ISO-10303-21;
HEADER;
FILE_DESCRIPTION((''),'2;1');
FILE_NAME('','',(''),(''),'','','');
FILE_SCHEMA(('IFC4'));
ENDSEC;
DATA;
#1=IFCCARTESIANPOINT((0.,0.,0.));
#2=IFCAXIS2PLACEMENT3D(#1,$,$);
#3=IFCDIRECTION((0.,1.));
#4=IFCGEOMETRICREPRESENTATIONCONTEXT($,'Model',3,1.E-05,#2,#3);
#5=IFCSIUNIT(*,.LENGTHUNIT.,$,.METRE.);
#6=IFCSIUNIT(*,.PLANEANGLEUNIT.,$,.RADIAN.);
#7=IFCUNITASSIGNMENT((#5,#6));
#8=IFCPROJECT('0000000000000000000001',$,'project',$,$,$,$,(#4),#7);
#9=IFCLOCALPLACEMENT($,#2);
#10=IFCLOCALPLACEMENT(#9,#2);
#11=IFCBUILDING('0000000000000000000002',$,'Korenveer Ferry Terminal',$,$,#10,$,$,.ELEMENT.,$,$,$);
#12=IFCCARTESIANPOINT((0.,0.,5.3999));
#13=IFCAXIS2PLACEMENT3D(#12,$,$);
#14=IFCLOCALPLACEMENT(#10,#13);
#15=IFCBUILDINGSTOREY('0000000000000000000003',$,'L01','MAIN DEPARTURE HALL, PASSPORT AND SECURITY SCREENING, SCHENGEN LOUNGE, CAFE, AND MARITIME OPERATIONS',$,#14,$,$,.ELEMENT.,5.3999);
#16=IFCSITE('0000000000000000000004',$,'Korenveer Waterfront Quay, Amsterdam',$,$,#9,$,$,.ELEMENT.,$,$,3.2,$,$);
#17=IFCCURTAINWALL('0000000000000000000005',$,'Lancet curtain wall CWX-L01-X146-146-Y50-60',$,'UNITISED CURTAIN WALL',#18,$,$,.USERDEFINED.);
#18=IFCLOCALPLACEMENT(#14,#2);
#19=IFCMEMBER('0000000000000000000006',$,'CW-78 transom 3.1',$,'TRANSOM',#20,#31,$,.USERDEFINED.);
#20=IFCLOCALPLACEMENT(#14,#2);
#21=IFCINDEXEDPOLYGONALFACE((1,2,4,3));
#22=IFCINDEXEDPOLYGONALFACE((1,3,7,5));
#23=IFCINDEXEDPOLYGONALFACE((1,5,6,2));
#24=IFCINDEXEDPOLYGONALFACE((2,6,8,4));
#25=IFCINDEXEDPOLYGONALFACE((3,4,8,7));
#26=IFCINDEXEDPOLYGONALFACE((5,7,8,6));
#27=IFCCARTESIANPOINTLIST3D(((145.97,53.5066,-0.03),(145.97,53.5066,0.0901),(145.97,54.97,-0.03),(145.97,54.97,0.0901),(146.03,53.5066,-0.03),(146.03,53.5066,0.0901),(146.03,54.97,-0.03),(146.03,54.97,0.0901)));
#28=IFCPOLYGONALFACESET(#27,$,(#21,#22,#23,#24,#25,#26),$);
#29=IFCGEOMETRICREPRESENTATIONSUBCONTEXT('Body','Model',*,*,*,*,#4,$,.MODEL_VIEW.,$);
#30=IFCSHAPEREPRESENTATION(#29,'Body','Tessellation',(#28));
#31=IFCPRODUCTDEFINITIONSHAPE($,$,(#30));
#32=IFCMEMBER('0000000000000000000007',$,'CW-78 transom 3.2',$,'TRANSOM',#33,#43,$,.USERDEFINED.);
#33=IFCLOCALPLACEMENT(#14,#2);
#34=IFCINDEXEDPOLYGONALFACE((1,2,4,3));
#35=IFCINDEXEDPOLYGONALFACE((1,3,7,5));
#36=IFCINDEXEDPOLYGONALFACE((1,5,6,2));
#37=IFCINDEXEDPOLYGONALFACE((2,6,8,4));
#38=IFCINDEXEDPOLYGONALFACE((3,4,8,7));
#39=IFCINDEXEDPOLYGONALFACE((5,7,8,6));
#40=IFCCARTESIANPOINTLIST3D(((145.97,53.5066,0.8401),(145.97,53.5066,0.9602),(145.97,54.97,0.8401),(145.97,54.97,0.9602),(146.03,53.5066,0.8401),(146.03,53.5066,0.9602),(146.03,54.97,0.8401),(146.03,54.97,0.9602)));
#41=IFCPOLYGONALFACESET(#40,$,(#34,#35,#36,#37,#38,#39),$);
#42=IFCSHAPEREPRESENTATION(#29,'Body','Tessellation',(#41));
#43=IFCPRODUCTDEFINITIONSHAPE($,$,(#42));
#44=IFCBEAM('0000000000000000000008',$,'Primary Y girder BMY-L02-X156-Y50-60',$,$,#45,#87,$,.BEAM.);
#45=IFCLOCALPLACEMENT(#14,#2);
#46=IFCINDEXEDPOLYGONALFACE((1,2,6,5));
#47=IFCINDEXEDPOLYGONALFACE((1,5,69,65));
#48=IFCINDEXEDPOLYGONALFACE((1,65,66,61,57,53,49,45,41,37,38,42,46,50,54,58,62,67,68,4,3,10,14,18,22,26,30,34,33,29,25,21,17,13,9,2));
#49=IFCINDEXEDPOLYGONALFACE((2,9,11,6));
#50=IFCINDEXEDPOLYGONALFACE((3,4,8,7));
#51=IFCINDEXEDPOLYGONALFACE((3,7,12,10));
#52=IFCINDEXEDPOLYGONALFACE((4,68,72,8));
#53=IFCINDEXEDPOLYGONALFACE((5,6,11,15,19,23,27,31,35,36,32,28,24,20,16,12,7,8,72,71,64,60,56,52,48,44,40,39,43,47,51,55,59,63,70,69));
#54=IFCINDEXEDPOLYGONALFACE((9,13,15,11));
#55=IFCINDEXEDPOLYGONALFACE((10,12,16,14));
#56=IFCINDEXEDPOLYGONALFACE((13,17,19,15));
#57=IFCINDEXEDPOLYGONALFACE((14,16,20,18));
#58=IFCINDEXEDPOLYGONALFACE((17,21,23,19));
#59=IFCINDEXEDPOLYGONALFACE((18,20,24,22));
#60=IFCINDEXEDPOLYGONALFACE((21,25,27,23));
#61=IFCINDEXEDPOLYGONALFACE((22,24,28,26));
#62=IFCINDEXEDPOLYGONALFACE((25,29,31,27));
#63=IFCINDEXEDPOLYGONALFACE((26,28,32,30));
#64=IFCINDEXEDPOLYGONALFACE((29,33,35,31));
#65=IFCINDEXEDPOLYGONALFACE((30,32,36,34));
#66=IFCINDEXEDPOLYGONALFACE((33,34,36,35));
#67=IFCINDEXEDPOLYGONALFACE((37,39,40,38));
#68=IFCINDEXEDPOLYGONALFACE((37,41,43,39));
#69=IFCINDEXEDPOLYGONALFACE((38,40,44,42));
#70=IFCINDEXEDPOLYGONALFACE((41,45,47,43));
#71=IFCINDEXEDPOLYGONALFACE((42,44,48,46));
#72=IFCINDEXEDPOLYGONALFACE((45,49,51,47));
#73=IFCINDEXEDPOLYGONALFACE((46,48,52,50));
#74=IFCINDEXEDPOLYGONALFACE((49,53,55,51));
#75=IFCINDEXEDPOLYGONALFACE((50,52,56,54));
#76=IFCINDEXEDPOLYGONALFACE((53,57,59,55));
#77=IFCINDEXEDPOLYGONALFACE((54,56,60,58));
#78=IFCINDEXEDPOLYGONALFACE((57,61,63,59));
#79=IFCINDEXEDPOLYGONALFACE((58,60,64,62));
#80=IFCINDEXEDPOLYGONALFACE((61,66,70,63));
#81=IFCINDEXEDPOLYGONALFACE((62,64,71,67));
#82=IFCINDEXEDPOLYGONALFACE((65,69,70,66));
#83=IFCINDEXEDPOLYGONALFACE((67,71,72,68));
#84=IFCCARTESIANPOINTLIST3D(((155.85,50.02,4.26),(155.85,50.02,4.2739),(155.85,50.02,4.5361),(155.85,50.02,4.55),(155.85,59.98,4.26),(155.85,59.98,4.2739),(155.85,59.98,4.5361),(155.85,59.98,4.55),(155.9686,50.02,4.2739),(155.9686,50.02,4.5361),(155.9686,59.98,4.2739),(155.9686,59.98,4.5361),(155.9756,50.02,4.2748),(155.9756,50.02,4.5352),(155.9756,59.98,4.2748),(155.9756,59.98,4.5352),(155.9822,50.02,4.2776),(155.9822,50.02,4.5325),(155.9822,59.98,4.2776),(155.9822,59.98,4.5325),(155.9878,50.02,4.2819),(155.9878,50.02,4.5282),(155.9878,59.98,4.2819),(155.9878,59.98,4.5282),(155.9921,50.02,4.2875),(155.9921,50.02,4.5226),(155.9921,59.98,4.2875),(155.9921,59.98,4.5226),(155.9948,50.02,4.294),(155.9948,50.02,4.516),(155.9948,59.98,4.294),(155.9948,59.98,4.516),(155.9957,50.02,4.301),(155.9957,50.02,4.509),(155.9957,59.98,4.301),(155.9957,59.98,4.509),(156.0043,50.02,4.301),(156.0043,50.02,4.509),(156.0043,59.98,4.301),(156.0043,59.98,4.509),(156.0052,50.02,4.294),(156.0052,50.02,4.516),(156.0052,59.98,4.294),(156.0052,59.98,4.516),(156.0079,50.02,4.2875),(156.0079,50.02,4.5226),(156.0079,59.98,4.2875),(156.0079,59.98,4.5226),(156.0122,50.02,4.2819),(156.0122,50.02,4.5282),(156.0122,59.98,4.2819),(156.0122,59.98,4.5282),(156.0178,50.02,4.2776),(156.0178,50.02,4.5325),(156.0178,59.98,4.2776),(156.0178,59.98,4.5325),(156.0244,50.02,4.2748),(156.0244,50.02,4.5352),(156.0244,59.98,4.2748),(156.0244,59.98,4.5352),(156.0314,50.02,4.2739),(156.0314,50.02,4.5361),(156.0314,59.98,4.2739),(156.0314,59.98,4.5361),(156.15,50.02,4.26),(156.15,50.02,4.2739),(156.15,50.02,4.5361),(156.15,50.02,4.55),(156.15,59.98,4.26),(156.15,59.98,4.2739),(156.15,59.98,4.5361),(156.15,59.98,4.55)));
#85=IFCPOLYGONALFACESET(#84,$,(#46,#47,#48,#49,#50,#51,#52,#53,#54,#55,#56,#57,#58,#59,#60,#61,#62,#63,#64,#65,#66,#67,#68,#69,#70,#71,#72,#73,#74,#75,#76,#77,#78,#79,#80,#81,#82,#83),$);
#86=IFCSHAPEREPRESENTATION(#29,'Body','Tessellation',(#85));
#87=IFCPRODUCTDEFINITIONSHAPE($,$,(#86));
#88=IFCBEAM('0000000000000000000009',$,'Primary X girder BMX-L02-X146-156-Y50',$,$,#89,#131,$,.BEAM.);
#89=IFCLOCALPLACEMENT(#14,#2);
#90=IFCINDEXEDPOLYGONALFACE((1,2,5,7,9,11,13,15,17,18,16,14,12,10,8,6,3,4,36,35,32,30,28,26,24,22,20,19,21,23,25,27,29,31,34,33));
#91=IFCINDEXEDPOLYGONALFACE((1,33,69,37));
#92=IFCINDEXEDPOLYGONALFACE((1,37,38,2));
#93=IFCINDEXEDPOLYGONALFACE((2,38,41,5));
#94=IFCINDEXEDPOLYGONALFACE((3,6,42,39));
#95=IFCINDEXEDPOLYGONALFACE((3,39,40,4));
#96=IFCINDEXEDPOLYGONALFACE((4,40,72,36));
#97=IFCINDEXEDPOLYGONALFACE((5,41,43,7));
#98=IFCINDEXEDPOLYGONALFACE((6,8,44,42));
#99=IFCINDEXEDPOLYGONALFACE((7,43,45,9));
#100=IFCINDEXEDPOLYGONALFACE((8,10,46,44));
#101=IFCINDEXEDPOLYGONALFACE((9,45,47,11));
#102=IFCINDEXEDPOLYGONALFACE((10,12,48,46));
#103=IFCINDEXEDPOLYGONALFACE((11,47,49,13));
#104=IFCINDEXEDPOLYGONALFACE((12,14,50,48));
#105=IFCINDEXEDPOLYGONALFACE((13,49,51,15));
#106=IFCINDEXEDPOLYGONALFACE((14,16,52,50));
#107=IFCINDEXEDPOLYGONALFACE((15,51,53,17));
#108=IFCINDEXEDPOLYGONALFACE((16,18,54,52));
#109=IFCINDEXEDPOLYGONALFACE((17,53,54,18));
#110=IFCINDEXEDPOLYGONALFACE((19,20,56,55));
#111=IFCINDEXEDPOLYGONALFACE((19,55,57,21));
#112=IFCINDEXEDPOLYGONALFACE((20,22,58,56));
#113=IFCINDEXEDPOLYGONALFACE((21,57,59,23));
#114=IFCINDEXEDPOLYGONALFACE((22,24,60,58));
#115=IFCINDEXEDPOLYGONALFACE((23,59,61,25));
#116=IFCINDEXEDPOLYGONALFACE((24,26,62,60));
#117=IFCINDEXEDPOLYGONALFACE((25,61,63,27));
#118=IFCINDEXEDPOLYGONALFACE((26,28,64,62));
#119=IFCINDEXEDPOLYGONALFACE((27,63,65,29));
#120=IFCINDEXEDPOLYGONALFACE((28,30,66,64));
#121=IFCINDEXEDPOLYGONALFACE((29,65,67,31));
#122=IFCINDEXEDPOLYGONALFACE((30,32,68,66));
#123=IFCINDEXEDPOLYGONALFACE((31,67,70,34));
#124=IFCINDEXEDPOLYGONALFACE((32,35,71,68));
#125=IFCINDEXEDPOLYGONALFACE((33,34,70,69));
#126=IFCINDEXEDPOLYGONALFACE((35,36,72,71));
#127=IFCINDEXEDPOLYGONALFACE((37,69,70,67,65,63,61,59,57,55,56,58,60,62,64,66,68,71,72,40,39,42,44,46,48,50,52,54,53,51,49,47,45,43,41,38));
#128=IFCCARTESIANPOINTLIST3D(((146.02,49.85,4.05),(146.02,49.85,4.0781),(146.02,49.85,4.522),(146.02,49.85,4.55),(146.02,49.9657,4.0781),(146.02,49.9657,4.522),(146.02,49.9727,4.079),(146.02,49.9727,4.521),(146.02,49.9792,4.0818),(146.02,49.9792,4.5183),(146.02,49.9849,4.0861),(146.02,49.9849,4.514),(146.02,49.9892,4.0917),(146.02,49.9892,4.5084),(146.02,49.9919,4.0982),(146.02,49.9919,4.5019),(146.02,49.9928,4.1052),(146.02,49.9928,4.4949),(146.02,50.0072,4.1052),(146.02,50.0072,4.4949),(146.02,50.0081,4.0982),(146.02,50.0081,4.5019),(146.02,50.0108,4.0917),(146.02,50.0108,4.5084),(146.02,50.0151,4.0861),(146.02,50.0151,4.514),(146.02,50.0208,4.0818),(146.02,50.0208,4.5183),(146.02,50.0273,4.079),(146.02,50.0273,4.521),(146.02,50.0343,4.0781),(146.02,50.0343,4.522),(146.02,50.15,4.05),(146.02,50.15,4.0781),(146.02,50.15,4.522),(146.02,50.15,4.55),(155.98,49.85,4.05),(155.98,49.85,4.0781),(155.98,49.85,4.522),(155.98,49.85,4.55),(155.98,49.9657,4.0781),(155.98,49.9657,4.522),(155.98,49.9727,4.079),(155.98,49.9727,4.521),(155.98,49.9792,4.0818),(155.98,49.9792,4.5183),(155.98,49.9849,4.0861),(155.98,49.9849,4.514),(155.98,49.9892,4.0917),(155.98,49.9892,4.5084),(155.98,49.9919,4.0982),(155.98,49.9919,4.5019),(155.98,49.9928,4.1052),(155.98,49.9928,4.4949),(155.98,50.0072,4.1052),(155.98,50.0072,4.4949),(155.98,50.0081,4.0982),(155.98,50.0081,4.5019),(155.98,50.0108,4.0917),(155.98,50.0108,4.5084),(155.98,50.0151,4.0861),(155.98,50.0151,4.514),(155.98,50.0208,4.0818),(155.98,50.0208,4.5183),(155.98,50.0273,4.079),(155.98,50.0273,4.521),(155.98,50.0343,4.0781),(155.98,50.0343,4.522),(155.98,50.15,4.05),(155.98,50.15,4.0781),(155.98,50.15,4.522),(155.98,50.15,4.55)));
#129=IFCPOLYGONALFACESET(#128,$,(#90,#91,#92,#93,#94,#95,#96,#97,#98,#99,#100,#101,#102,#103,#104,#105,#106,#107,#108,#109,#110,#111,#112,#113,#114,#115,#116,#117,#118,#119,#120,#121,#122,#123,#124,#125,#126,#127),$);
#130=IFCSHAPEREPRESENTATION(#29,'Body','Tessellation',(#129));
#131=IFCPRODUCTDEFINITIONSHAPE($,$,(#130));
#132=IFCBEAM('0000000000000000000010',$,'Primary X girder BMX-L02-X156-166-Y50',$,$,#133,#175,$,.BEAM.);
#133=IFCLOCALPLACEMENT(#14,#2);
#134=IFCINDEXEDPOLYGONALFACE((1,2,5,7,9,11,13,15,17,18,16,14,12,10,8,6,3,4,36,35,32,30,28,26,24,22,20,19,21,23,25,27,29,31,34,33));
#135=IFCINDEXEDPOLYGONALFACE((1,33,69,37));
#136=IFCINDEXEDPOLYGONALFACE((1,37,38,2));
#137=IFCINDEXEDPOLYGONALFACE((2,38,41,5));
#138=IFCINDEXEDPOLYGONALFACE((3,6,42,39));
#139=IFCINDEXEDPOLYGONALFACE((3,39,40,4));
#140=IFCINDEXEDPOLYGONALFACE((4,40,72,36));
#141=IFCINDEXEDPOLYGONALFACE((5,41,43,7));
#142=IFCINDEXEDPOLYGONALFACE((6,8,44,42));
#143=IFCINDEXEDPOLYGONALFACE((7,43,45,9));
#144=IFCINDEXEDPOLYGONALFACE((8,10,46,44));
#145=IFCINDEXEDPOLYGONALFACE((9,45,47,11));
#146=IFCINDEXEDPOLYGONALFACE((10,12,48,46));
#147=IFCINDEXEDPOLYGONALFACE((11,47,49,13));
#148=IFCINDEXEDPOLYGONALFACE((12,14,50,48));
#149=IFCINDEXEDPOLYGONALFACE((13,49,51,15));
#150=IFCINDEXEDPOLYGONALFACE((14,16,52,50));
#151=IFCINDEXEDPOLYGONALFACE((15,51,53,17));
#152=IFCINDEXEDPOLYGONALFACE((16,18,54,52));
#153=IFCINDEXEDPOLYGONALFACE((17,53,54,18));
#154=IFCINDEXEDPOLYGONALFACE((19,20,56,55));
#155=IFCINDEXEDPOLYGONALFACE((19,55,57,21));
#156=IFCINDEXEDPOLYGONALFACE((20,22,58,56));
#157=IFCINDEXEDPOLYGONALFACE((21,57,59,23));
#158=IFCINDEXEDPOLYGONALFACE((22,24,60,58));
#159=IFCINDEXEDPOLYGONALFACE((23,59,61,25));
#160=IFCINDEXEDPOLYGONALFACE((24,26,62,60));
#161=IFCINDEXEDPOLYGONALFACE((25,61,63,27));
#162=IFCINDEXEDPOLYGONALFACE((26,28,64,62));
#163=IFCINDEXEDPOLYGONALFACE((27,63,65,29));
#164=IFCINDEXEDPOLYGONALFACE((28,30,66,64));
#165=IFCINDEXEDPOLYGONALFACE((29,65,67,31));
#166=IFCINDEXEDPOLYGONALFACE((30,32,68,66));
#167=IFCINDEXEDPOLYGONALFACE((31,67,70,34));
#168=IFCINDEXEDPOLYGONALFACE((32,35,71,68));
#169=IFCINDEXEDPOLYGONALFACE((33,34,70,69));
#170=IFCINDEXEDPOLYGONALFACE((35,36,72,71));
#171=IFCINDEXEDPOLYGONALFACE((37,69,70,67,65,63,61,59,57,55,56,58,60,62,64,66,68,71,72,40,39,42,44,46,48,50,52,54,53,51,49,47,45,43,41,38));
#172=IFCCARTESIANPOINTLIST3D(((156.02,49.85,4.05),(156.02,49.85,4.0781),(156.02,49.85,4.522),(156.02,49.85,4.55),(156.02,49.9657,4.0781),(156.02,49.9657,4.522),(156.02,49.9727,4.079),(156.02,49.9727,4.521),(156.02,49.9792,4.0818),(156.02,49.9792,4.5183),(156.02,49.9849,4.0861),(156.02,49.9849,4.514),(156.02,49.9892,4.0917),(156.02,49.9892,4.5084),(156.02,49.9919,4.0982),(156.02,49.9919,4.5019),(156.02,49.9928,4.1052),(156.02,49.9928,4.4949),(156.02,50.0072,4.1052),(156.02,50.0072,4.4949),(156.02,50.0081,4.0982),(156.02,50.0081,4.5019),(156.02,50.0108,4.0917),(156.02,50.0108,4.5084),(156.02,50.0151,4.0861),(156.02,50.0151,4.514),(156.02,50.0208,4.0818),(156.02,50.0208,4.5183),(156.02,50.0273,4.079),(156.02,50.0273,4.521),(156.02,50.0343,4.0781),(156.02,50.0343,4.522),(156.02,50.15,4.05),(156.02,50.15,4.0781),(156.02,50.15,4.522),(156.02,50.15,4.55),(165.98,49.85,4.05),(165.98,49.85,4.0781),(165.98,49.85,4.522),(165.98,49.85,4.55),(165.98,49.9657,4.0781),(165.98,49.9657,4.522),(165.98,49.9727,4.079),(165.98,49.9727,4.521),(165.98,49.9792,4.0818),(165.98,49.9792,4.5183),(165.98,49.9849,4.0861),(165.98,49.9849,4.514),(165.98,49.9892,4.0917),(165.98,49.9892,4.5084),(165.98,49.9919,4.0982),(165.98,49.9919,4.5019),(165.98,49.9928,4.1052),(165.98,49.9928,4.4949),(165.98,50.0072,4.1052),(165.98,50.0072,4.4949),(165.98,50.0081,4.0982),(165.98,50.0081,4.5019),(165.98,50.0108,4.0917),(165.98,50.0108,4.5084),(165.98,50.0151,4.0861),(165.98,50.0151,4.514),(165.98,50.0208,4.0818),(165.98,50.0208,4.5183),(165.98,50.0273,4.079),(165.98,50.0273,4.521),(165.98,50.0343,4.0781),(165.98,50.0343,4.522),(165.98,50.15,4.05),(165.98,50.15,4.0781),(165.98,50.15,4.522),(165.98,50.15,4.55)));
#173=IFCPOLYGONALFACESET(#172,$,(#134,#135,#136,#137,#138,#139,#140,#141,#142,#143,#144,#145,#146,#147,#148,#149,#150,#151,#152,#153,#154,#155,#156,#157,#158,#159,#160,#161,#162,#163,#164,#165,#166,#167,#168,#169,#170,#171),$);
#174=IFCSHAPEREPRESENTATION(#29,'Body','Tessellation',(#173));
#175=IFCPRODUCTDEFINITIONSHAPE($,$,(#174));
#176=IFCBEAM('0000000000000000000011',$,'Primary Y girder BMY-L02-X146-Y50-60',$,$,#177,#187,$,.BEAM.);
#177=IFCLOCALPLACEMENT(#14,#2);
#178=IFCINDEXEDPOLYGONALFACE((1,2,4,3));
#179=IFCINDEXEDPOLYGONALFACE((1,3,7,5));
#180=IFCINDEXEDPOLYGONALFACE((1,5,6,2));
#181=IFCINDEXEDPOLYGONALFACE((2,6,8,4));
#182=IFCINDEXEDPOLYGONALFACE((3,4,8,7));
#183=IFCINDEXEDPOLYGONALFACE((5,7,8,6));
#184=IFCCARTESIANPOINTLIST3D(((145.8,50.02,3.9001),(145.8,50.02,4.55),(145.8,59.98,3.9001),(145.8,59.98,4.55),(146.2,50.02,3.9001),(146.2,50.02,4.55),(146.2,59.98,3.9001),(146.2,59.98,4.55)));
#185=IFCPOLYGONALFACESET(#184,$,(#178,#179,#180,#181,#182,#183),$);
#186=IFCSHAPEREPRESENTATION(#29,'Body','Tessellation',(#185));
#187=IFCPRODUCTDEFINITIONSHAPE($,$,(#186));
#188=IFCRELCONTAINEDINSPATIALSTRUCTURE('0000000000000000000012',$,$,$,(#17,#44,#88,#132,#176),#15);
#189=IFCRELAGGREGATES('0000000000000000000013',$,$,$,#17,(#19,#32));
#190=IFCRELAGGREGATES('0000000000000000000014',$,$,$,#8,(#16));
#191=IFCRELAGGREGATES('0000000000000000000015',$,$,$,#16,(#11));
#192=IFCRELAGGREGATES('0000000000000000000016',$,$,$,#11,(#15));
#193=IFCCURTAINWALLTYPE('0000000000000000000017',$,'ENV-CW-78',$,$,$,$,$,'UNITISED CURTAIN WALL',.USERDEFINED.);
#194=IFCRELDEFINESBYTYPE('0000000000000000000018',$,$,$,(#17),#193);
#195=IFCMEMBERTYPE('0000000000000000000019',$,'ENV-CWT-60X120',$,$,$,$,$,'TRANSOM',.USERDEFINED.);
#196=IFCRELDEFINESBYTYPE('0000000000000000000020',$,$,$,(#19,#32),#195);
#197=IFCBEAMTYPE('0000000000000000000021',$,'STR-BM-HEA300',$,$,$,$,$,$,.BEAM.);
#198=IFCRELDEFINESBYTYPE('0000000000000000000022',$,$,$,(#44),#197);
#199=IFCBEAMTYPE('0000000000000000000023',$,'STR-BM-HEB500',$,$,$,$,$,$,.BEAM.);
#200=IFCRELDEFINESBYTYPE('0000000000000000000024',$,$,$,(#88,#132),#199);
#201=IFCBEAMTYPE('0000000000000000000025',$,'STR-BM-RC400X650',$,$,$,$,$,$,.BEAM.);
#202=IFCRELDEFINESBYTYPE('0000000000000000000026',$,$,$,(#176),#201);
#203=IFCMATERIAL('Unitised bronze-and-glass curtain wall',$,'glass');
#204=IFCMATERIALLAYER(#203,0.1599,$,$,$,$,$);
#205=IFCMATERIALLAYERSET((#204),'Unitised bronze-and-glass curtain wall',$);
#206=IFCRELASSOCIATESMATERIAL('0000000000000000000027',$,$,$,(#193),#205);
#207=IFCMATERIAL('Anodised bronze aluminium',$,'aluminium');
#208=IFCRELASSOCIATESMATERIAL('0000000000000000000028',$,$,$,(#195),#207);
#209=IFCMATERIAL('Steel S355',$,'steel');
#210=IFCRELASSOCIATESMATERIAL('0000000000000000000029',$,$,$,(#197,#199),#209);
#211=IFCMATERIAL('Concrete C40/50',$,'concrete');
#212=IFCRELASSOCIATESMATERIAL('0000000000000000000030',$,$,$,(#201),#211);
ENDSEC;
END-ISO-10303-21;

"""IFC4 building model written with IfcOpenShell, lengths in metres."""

from ifc_helpers import new_model, si_unit, direction, frame, origin, origin_2d, place, context, subcontext, project, spatial, rectangle, i_section, extrude, material, layer, layer_set, material_profile, profile_set, type_object, element, aggregate, save


model = new_model("IFC4")

# Units and contexts
model_context = context("Model", 3, precision=1e-05, world=origin(), true_north=direction((0.0, 1.0)))
body_context = subcontext(model_context, "Body", "Model", "MODEL_VIEW")
ifc_project = project(units=[si_unit("LENGTHUNIT", "METRE"), si_unit("PLANEANGLEUNIT", "RADIAN")], contexts=[model_context])

# Site, building, storey
site_placement = place(None, origin())
site = spatial("IfcSite", under=ifc_project, at=site_placement, Name="Korenveer Waterfront Quay, Amsterdam", CompositionType="ELEMENT", RefElevation=3.2)
building_placement = place(site_placement, origin())
building = spatial("IfcBuilding", under=site, at=building_placement, Name="Korenveer Ferry Terminal", CompositionType="ELEMENT")
storey_placement = place(building_placement, frame((0.0, 0.0, 5.3999)))
storey = spatial("IfcBuildingStorey", under=building, at=storey_placement, Name="L01", Description="MAIN DEPARTURE HALL, PASSPORT AND SECURITY SCREENING, SCHENGEN LOUNGE, CAFE, AND MARITIME OPERATIONS", CompositionType="ELEMENT", Elevation=5.3999)

# Curtain wall, members
ifc_material_1 = material(Name="Unitised bronze-and-glass curtain wall", Category="glass")
ifc_layer_1 = layer(ifc_material_1, 0.1599)
ifc_layer_set_1 = layer_set([ifc_layer_1], Name="Unitised bronze-and-glass curtain wall")
curtain_wall_type = type_object("IfcCurtainWallType", Name="ENV-CW-78", ElementType="UNITISED CURTAIN WALL", PredefinedType="USERDEFINED", material=ifc_layer_set_1)
curtain_wall_placement = place(storey_placement, frame((146.0, 50.4299, 0.0)))
curtain_wall = element("IfcCurtainWall", 1, at=curtain_wall_placement, inside=storey, type_object=curtain_wall_type, Name="Lancet curtain wall CWX-L01-X146-146-Y50-60", ObjectType="UNITISED CURTAIN WALL", PredefinedType="USERDEFINED")
ifc_material_2 = material(Name="Anodised bronze aluminium", Category="aluminium")
ifc_material_profile_1 = material_profile(ifc_material_2, rectangle(XDim=0.0601, YDim=0.1201, at=origin_2d()), Name="ALU 60x120")
ifc_profile_set_1 = profile_set([ifc_material_profile_1], Name="Anodised bronze aluminium")
member_type_1 = type_object("IfcMemberType", Name="ENV-CWT-60X120", ElementType="TRANSOM", PredefinedType="USERDEFINED", material=ifc_profile_set_1)
member_1_placement = place(storey_placement, frame((146.0, 53.5066, 0.03), z_axis=(0.0, 1.0, 0.0), x_axis=(-1.0, 0.0, 0.0)))
member_1 = element("IfcMember", 2, at=member_1_placement, type_object=member_type_1, Name="CW-78 transom 3.1", ObjectType="TRANSOM", PredefinedType="USERDEFINED", context=body_context, shape_type="SweptSolid", body=[
    extrude(rectangle(XDim=0.0601, YDim=0.1201, at=origin_2d()), origin(), (0.0, 0.0, 1.0), 1.4634),
])
member_2_placement = place(storey_placement, frame((146.0, 53.5066, 0.9001), z_axis=(0.0, 1.0, 0.0), x_axis=(-1.0, 0.0, 0.0)))
member_2 = element("IfcMember", 3, at=member_2_placement, type_object=member_type_1, Name="CW-78 transom 3.2", ObjectType="TRANSOM", PredefinedType="USERDEFINED", context=body_context, shape_type="SweptSolid", body=[
    extrude(rectangle(XDim=0.0601, YDim=0.1201, at=origin_2d()), origin(), (0.0, 0.0, 1.0), 1.4634),
])

# Beams
ifc_material_3 = material(Name="Steel S355", Category="steel")
ifc_material_profile_2 = material_profile(ifc_material_3, i_section(OverallWidth=0.3, OverallDepth=0.29, WebThickness=0.0085, FlangeThickness=0.0139, FilletRadius=0.0271, at=origin_2d()), Name="HEA 300")
ifc_profile_set_2 = profile_set([ifc_material_profile_2], Name="Steel S355")
beam_type_1 = type_object("IfcBeamType", Name="STR-BM-HEA300", PredefinedType="BEAM", material=ifc_profile_set_2)
beam_1_placement = place(storey_placement, frame((156.0, 50.02, 4.405), z_axis=(0.0, 1.0, 0.0), x_axis=(-1.0, 0.0, 0.0)))
element("IfcBeam", 4, at=beam_1_placement, inside=storey, type_object=beam_type_1, Name="Primary Y girder BMY-L02-X156-Y50-60", PredefinedType="BEAM", context=body_context, shape_type="SweptSolid", body=[
    extrude(i_section(OverallWidth=0.3, OverallDepth=0.29, WebThickness=0.0085, FlangeThickness=0.0139, FilletRadius=0.0271, at=origin_2d()), origin(), (0.0, 0.0, 1.0), 9.96),
])
ifc_material_profile_3 = material_profile(ifc_material_3, i_section(OverallWidth=0.3, OverallDepth=0.5, WebThickness=0.0144, FlangeThickness=0.0281, FilletRadius=0.0271, at=origin_2d()), Name="HEB 500")
ifc_profile_set_3 = profile_set([ifc_material_profile_3], Name="Steel S355")
beam_type_2 = type_object("IfcBeamType", Name="STR-BM-HEB500", PredefinedType="BEAM", material=ifc_profile_set_3)
for number, where, z_axis, x_axis, name in (
    (5, (146.02, 50.0, 4.3), (1.0, 0.0, 0.0), (0.0, 1.0, 0.0), "Primary X girder BMX-L02-X146-156-Y50"),
    (6, (156.02, 50.0, 4.3), (1.0, 0.0, 0.0), (0.0, 1.0, 0.0), "Primary X girder BMX-L02-X156-166-Y50"),
):
    element("IfcBeam", number, at=place(storey_placement, frame(where, z_axis=z_axis, x_axis=x_axis)), inside=storey, type_object=beam_type_2, Name=name, PredefinedType="BEAM", context=body_context, shape_type="SweptSolid", body=[
        extrude(i_section(OverallWidth=0.3, OverallDepth=0.5, WebThickness=0.0144, FlangeThickness=0.0281, FilletRadius=0.0271, at=origin_2d()), origin(), (0.0, 0.0, 1.0), 9.96),
    ])
ifc_material_4 = material(Name="Concrete C40/50", Category="concrete")
ifc_material_profile_4 = material_profile(ifc_material_4, rectangle(XDim=0.3999, YDim=0.6499, at=origin_2d()), Name="RC 400x650")
ifc_profile_set_4 = profile_set([ifc_material_profile_4], Name="Concrete C40/50")
beam_type_3 = type_object("IfcBeamType", Name="STR-BM-RC400X650", PredefinedType="BEAM", material=ifc_profile_set_4)
beam_2_placement = place(storey_placement, frame((146.0, 50.02, 4.2251), z_axis=(0.0, 1.0, 0.0), x_axis=(-1.0, 0.0, 0.0)))
element("IfcBeam", 7, at=beam_2_placement, inside=storey, type_object=beam_type_3, Name="Primary Y girder BMY-L02-X146-Y50-60", PredefinedType="BEAM", context=body_context, shape_type="SweptSolid", body=[
    extrude(rectangle(XDim=0.3999, YDim=0.6499, at=origin_2d()), origin(), (0.0, 0.0, 1.0), 9.96),
])

aggregate(curtain_wall, [member_1, member_2])

save(model, "model.ifc")
